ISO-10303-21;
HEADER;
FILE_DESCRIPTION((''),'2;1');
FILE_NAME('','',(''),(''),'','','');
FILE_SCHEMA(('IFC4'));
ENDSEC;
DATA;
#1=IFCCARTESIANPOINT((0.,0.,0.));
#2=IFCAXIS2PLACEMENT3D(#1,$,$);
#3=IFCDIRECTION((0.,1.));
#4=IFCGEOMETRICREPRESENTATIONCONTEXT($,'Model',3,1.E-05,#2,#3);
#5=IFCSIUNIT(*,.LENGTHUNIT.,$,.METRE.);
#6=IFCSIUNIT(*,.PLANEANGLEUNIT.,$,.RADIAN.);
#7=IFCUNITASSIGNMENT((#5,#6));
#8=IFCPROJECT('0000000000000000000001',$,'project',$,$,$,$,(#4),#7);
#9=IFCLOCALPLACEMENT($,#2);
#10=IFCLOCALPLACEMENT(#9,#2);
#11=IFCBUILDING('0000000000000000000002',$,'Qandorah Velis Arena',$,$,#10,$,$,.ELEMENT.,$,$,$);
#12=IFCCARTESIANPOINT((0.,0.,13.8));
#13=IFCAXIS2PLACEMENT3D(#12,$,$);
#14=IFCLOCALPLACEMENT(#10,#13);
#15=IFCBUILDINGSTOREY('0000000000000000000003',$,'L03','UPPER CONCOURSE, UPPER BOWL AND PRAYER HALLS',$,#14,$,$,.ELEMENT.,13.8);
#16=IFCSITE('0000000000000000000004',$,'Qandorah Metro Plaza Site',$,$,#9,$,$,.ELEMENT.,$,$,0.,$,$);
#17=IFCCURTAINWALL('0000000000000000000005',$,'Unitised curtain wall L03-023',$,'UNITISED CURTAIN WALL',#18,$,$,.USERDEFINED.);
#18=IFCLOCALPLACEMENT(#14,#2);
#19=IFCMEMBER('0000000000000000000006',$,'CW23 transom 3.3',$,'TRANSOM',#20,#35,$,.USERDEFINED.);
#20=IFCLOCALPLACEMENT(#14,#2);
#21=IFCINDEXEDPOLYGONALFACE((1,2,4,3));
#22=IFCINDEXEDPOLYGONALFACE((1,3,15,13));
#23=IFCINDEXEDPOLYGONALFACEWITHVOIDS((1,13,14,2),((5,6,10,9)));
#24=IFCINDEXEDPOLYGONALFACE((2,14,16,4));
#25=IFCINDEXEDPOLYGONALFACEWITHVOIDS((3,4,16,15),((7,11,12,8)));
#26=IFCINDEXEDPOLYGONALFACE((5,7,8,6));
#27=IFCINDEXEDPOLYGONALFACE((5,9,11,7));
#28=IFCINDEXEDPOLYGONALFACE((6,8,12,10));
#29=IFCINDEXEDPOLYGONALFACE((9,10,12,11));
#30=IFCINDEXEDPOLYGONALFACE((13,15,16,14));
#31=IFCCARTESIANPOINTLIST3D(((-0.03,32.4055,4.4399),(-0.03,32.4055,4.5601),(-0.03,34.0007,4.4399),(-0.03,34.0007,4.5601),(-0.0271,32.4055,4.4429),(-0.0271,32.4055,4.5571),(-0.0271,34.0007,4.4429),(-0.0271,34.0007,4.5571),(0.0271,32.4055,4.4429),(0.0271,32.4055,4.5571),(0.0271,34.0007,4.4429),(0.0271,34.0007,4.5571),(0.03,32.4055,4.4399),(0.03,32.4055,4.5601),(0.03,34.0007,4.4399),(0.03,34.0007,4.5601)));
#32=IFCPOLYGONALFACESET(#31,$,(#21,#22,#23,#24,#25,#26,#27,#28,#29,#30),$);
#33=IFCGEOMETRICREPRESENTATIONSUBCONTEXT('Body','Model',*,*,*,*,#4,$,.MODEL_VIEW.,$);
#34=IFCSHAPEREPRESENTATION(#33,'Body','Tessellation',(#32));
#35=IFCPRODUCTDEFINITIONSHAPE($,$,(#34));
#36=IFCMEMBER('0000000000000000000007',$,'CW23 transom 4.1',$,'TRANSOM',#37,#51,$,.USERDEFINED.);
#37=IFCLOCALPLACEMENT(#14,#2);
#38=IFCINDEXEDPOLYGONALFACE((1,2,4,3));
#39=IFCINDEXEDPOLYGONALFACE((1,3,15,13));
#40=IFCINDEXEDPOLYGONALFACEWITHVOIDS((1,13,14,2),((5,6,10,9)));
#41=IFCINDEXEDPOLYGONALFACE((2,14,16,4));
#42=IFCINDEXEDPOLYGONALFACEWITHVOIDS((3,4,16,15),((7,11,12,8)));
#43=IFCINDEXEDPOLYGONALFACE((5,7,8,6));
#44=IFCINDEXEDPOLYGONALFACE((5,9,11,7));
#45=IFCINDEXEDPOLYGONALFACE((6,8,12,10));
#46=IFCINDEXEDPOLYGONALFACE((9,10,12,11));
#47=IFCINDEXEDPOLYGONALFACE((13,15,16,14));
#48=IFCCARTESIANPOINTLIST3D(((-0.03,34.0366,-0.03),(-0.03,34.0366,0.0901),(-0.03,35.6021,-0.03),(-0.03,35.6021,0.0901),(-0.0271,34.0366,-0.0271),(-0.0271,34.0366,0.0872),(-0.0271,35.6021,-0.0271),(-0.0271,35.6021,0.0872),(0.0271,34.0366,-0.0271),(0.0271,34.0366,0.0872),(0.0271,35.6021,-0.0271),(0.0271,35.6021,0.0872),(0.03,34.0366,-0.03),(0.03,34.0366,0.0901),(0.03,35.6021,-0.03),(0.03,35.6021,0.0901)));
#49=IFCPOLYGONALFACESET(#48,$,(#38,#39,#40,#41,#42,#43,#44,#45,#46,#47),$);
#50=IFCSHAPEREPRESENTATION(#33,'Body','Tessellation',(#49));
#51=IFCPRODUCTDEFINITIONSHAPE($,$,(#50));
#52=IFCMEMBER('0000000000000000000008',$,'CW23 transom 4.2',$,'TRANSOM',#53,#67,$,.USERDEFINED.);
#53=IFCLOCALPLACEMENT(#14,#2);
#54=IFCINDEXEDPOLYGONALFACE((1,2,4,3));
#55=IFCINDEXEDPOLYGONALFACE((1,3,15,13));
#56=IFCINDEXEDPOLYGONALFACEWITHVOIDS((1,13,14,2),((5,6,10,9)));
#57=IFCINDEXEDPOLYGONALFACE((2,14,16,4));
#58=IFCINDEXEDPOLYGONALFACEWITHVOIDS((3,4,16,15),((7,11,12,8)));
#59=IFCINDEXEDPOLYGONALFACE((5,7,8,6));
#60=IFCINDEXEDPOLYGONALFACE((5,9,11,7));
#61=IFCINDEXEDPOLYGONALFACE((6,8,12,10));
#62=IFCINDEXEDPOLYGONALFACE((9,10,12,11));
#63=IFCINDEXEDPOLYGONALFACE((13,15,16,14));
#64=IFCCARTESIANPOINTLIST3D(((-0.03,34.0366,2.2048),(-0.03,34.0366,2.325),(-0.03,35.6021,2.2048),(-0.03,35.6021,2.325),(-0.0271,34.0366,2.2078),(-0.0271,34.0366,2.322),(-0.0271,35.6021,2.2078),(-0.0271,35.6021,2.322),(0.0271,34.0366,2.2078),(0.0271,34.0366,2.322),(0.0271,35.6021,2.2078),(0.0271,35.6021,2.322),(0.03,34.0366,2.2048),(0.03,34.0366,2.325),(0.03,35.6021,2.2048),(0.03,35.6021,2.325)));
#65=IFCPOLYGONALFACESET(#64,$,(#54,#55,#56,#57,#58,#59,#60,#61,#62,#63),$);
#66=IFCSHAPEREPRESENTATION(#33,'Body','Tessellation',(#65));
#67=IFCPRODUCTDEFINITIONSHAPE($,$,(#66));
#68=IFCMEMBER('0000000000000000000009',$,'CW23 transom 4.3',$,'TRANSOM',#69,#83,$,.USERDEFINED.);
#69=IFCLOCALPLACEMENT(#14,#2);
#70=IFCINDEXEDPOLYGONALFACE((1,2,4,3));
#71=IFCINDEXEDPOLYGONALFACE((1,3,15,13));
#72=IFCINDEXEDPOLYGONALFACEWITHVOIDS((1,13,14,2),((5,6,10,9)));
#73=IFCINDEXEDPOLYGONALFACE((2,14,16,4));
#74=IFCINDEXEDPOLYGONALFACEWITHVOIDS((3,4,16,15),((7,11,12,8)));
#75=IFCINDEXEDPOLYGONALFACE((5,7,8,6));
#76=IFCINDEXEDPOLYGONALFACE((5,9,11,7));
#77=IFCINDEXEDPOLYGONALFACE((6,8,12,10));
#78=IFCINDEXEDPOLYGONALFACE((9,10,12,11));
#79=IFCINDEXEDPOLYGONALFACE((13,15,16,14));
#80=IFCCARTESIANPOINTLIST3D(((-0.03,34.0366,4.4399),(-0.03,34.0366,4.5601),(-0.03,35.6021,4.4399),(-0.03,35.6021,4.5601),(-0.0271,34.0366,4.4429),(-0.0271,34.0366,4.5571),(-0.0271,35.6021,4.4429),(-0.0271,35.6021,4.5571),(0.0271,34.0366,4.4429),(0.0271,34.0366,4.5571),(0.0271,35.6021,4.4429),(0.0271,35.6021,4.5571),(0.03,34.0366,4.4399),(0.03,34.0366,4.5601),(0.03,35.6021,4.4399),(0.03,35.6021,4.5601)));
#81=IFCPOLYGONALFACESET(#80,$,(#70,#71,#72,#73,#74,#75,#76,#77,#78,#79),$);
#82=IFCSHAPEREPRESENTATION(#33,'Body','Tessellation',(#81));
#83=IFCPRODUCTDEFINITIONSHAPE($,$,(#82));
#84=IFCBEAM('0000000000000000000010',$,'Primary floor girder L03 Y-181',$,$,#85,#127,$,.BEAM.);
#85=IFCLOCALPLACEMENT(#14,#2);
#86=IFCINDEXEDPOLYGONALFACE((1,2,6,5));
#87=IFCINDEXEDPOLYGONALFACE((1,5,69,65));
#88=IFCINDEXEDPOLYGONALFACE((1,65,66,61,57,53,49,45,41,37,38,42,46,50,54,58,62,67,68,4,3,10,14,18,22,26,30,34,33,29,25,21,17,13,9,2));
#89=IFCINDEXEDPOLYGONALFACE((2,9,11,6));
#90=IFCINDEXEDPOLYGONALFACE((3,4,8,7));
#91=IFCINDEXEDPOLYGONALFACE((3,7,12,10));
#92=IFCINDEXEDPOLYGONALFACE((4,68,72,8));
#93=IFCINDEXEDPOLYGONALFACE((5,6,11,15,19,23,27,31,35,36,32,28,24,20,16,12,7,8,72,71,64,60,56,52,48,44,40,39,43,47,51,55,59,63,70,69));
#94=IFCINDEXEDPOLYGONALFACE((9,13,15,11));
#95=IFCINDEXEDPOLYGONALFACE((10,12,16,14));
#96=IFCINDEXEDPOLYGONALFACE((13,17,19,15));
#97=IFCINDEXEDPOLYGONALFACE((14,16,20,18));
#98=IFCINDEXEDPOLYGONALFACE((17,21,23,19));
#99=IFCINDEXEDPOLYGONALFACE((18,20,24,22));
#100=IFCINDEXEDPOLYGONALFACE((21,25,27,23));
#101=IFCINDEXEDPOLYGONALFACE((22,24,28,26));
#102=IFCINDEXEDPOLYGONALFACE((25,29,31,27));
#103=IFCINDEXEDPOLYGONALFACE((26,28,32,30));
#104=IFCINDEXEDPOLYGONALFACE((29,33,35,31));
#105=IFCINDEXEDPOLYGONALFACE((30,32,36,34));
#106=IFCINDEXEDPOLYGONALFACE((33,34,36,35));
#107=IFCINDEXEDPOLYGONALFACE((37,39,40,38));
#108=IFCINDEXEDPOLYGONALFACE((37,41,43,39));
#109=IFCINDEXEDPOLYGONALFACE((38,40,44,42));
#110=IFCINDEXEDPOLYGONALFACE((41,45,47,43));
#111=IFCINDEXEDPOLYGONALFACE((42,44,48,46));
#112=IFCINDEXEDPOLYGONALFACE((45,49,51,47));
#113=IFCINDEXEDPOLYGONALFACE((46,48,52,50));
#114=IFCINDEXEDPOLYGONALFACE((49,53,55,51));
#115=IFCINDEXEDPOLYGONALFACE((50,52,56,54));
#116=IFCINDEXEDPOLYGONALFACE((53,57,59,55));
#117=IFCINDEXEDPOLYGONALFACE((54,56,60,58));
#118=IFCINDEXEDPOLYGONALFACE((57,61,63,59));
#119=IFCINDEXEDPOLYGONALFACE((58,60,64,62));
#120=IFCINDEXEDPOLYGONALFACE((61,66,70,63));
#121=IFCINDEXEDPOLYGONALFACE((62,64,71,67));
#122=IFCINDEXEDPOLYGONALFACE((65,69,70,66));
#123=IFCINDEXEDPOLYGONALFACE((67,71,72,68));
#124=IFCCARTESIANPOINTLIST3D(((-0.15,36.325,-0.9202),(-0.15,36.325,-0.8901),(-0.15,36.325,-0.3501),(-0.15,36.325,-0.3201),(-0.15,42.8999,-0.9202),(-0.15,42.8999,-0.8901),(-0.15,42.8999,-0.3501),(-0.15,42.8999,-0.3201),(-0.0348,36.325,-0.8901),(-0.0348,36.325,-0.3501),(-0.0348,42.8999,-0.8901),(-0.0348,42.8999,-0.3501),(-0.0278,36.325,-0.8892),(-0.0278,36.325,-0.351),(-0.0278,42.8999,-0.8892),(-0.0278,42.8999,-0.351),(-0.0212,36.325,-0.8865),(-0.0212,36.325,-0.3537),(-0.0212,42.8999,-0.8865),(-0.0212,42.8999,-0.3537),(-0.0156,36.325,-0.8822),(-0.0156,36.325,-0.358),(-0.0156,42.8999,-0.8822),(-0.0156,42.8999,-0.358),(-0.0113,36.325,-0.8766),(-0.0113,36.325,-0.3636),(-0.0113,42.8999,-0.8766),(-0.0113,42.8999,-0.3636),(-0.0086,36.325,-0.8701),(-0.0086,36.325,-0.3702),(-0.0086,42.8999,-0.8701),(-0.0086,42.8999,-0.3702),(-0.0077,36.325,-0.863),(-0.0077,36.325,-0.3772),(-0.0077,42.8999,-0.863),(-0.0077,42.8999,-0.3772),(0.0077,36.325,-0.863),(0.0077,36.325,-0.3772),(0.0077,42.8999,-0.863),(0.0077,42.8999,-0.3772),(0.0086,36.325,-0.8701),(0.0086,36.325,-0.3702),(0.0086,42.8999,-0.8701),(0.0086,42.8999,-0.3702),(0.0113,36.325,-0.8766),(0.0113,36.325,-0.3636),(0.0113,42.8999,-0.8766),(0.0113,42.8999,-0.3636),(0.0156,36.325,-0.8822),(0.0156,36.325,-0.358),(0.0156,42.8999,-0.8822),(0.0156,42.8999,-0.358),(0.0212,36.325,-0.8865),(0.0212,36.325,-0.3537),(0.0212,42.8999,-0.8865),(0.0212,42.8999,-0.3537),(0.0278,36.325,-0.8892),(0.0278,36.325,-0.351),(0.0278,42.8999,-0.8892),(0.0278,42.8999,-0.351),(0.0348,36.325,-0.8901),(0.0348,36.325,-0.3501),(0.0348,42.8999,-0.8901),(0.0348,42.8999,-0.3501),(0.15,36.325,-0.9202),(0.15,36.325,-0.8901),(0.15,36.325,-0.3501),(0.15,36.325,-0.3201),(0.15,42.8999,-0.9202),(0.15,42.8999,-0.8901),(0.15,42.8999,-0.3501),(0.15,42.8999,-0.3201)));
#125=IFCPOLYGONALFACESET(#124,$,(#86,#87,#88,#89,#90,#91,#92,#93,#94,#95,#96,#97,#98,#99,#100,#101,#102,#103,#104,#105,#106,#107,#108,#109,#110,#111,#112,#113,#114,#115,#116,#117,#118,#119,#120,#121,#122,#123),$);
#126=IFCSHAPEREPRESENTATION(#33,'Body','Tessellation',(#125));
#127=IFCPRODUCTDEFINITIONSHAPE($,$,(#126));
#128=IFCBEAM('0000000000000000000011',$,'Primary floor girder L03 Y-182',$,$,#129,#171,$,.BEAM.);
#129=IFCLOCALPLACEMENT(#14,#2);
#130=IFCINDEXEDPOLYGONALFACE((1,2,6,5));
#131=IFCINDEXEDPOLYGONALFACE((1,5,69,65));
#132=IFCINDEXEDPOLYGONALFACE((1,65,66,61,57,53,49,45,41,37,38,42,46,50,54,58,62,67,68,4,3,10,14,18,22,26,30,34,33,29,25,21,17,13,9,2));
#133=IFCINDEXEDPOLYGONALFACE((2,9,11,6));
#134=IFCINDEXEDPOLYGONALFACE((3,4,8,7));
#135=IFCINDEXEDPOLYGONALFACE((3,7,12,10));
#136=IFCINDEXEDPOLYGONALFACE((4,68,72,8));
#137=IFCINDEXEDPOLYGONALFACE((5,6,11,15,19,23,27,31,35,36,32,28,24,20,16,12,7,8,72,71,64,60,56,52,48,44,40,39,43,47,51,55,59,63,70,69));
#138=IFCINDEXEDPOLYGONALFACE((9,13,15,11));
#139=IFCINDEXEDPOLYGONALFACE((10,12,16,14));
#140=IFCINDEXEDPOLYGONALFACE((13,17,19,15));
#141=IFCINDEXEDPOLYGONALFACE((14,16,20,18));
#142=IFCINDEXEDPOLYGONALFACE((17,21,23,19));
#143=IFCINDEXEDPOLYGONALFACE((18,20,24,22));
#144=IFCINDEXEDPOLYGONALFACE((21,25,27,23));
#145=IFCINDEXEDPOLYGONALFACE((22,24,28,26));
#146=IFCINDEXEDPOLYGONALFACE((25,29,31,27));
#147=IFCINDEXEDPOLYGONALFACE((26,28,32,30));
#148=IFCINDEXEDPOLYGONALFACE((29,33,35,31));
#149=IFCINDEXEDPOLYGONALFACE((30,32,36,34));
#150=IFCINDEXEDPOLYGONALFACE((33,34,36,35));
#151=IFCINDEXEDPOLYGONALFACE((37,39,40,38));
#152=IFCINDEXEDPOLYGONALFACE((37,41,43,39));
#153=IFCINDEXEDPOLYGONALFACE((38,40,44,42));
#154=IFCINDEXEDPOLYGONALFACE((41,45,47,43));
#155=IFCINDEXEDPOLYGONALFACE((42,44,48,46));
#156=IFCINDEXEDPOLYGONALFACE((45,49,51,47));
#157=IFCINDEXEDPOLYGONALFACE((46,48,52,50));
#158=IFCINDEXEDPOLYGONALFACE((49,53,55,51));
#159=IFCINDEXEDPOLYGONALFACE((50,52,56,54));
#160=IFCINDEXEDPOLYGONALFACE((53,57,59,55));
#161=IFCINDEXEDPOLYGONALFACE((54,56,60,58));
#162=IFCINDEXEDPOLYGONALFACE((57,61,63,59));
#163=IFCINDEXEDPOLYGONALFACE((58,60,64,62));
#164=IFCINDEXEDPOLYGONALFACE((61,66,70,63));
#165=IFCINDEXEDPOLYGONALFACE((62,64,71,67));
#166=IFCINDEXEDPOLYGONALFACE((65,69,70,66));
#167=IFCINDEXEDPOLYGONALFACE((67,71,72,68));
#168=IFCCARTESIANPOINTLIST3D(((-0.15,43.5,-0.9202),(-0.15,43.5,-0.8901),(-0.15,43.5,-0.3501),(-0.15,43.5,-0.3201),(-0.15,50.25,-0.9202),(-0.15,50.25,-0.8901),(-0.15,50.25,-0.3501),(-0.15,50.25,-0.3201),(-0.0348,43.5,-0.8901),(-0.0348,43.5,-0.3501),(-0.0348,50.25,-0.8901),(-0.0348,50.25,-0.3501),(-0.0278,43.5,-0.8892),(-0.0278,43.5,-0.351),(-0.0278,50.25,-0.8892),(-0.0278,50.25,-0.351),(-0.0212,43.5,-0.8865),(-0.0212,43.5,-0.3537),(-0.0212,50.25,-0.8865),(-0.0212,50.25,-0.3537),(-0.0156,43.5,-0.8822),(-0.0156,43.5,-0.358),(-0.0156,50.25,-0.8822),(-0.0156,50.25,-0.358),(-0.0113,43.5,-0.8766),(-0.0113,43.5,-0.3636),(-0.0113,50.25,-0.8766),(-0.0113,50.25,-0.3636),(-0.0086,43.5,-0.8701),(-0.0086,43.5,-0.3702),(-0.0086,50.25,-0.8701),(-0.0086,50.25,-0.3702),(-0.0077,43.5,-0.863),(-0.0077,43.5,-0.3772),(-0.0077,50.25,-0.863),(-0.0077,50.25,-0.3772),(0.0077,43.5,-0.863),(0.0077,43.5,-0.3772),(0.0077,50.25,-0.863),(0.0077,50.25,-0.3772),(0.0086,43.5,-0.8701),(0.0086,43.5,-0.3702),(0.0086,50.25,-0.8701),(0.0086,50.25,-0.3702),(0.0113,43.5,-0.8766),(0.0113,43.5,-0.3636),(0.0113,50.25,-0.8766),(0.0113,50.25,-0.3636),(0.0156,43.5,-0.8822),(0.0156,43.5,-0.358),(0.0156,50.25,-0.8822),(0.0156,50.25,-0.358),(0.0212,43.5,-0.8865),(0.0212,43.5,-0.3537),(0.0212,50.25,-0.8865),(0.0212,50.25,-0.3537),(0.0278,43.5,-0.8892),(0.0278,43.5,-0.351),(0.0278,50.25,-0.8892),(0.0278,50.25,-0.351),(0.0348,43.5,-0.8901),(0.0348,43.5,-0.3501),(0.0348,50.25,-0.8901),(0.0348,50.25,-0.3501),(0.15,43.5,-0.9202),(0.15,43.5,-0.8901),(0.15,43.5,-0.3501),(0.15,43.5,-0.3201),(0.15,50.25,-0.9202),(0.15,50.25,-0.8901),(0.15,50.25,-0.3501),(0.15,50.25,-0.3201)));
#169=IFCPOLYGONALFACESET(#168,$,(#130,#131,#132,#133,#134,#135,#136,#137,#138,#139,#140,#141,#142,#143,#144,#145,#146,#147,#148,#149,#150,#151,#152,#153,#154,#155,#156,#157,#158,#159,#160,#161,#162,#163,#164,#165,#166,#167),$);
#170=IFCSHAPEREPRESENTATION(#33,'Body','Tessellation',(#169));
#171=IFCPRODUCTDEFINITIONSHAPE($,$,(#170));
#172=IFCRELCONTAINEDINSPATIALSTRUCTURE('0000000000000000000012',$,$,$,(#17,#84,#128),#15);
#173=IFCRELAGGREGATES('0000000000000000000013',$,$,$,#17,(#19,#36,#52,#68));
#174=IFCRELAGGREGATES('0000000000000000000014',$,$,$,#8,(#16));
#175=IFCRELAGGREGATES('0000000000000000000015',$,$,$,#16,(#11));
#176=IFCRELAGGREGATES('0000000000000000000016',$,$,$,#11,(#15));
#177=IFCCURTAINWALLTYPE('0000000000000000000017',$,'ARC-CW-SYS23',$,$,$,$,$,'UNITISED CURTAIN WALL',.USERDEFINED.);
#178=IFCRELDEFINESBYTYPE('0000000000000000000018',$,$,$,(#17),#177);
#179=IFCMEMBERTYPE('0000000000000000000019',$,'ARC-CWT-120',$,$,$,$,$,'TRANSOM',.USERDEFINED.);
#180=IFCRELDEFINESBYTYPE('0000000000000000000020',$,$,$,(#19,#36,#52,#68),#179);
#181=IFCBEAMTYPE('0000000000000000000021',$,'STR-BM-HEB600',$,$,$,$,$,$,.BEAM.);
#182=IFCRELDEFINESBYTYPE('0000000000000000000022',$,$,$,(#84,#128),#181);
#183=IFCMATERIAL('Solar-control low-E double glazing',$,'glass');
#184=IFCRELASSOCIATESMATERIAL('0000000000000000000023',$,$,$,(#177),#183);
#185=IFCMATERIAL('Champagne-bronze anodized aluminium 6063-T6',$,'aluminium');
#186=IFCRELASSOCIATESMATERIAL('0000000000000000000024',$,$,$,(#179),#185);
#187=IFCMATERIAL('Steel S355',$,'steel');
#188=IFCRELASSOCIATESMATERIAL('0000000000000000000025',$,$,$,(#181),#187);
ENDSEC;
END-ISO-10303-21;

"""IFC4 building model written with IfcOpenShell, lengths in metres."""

from ifc_helpers import new_model, si_unit, direction, frame, origin, origin_2d, place, context, subcontext, project, spatial, hollow_rectangle, i_section, extrude, material, material_profile, profile_set, type_object, element, aggregate, save


model = new_model("IFC4")

# Units and contexts
model_context = context("Model", 3, precision=1e-05, world=origin(), true_north=direction((0.0, 1.0)))
body_context = subcontext(model_context, "Body", "Model", "MODEL_VIEW")
ifc_project = project(units=[si_unit("LENGTHUNIT", "METRE"), si_unit("PLANEANGLEUNIT", "RADIAN")], contexts=[model_context])

# Site, building, storey
site_placement = place(None, origin())
site = spatial("IfcSite", under=ifc_project, at=site_placement, Name="Qandorah Metro Plaza Site", CompositionType="ELEMENT", RefElevation=0.0)
building_placement = place(site_placement, origin())
building = spatial("IfcBuilding", under=site, at=building_placement, Name="Qandorah Velis Arena", CompositionType="ELEMENT")
storey_placement = place(building_placement, frame((0.0, 0.0, 13.8)))
storey = spatial("IfcBuildingStorey", under=building, at=storey_placement, Name="L03", Description="UPPER CONCOURSE, UPPER BOWL AND PRAYER HALLS", CompositionType="ELEMENT", Elevation=13.8)

# Curtain wall, members
ifc_material_1 = material(Name="Solar-control low-E double glazing", Category="glass")
curtain_wall_type = type_object("IfcCurtainWallType", Name="ARC-CW-SYS23", ElementType="UNITISED CURTAIN WALL", PredefinedType="USERDEFINED", material=ifc_material_1)
curtain_wall_placement = place(storey_placement, origin())
curtain_wall = element("IfcCurtainWall", 1, at=curtain_wall_placement, inside=storey, type_object=curtain_wall_type, Name="Unitised curtain wall L03-023", ObjectType="UNITISED CURTAIN WALL", PredefinedType="USERDEFINED")
ifc_material_2 = material(Name="Champagne-bronze anodized aluminium 6063-T6", Category="aluminium")
ifc_material_profile_1 = material_profile(ifc_material_2, hollow_rectangle(XDim=0.0601, YDim=0.1201, WallThickness=0.0029, at=origin_2d()), Name="ALU TRANSOM 60x120")
ifc_profile_set_1 = profile_set([ifc_material_profile_1], Name="Champagne-bronze anodized aluminium 6063-T6")
member_type_1 = type_object("IfcMemberType", Name="ARC-CWT-120", ElementType="TRANSOM", PredefinedType="USERDEFINED", material=ifc_profile_set_1)
member_1_placement = place(storey_placement, frame((0.0, 32.4055, 4.5), z_axis=(0.0, 1.0, 0.0), x_axis=(-1.0, 0.0, 0.0)))
member_1 = element("IfcMember", 2, at=member_1_placement, type_object=member_type_1, Name="CW23 transom 3.3", ObjectType="TRANSOM", PredefinedType="USERDEFINED", context=body_context, shape_type="SweptSolid", body=[
    extrude(hollow_rectangle(XDim=0.0601, YDim=0.1201, WallThickness=0.0029, at=origin_2d()), origin(), (0.0, 0.0, 1.0), 1.5952),
])
member_2_placement = place(storey_placement, frame((0.0, 34.0366, 0.03), z_axis=(0.0, 1.0, 0.0), x_axis=(-1.0, 0.0, 0.0)))
member_2 = element("IfcMember", 3, at=member_2_placement, type_object=member_type_1, Name="CW23 transom 4.1", ObjectType="TRANSOM", PredefinedType="USERDEFINED", context=body_context, shape_type="SweptSolid", body=[
    extrude(hollow_rectangle(XDim=0.0601, YDim=0.1201, WallThickness=0.0029, at=origin_2d()), origin(), (0.0, 0.0, 1.0), 1.5654),
])
member_3_placement = place(storey_placement, frame((0.0, 34.0366, 2.2649), z_axis=(0.0, 1.0, 0.0), x_axis=(-1.0, 0.0, 0.0)))
member_3 = element("IfcMember", 4, at=member_3_placement, type_object=member_type_1, Name="CW23 transom 4.2", ObjectType="TRANSOM", PredefinedType="USERDEFINED", context=body_context, shape_type="SweptSolid", body=[
    extrude(hollow_rectangle(XDim=0.0601, YDim=0.1201, WallThickness=0.0029, at=origin_2d()), origin(), (0.0, 0.0, 1.0), 1.5654),
])
member_4_placement = place(storey_placement, frame((0.0, 34.0366, 4.5), z_axis=(0.0, 1.0, 0.0), x_axis=(-1.0, 0.0, 0.0)))
member_4 = element("IfcMember", 5, at=member_4_placement, type_object=member_type_1, Name="CW23 transom 4.3", ObjectType="TRANSOM", PredefinedType="USERDEFINED", context=body_context, shape_type="SweptSolid", body=[
    extrude(hollow_rectangle(XDim=0.0601, YDim=0.1201, WallThickness=0.0029, at=origin_2d()), origin(), (0.0, 0.0, 1.0), 1.5654),
])

# Beams
ifc_material_3 = material(Name="Steel S355", Category="steel")
ifc_material_profile_2 = material_profile(ifc_material_3, i_section(OverallWidth=0.3, OverallDepth=0.6001, WebThickness=0.0154, FlangeThickness=0.03, FilletRadius=0.0271, at=origin_2d()), Name="HEB 600")
ifc_profile_set_2 = profile_set([ifc_material_profile_2], Name="Steel S355")
beam_type_1 = type_object("IfcBeamType", Name="STR-BM-HEB600", PredefinedType="BEAM", material=ifc_profile_set_2)
beam_1_placement = place(storey_placement, frame((0.0, 36.325, -0.6201), z_axis=(0.0, 1.0, 0.0), x_axis=(-1.0, 0.0, 0.0)))
element("IfcBeam", 6, at=beam_1_placement, inside=storey, type_object=beam_type_1, Name="Primary floor girder L03 Y-181", PredefinedType="BEAM", context=body_context, shape_type="SweptSolid", body=[
    extrude(i_section(OverallWidth=0.3, OverallDepth=0.6001, WebThickness=0.0154, FlangeThickness=0.03, FilletRadius=0.0271, at=origin_2d()), origin(), (0.0, 0.0, 1.0), 6.575),
])
beam_2_placement = place(storey_placement, frame((0.0, 43.5, -0.6201), z_axis=(0.0, 1.0, 0.0), x_axis=(-1.0, 0.0, 0.0)))
element("IfcBeam", 7, at=beam_2_placement, inside=storey, type_object=beam_type_1, Name="Primary floor girder L03 Y-182", PredefinedType="BEAM", context=body_context, shape_type="SweptSolid", body=[
    extrude(i_section(OverallWidth=0.3, OverallDepth=0.6001, WebThickness=0.0154, FlangeThickness=0.03, FilletRadius=0.0271, at=origin_2d()), origin(), (0.0, 0.0, 1.0), 6.75),
])

aggregate(curtain_wall, [member_1, member_2, member_3, member_4])

save(model, "model.ifc")
